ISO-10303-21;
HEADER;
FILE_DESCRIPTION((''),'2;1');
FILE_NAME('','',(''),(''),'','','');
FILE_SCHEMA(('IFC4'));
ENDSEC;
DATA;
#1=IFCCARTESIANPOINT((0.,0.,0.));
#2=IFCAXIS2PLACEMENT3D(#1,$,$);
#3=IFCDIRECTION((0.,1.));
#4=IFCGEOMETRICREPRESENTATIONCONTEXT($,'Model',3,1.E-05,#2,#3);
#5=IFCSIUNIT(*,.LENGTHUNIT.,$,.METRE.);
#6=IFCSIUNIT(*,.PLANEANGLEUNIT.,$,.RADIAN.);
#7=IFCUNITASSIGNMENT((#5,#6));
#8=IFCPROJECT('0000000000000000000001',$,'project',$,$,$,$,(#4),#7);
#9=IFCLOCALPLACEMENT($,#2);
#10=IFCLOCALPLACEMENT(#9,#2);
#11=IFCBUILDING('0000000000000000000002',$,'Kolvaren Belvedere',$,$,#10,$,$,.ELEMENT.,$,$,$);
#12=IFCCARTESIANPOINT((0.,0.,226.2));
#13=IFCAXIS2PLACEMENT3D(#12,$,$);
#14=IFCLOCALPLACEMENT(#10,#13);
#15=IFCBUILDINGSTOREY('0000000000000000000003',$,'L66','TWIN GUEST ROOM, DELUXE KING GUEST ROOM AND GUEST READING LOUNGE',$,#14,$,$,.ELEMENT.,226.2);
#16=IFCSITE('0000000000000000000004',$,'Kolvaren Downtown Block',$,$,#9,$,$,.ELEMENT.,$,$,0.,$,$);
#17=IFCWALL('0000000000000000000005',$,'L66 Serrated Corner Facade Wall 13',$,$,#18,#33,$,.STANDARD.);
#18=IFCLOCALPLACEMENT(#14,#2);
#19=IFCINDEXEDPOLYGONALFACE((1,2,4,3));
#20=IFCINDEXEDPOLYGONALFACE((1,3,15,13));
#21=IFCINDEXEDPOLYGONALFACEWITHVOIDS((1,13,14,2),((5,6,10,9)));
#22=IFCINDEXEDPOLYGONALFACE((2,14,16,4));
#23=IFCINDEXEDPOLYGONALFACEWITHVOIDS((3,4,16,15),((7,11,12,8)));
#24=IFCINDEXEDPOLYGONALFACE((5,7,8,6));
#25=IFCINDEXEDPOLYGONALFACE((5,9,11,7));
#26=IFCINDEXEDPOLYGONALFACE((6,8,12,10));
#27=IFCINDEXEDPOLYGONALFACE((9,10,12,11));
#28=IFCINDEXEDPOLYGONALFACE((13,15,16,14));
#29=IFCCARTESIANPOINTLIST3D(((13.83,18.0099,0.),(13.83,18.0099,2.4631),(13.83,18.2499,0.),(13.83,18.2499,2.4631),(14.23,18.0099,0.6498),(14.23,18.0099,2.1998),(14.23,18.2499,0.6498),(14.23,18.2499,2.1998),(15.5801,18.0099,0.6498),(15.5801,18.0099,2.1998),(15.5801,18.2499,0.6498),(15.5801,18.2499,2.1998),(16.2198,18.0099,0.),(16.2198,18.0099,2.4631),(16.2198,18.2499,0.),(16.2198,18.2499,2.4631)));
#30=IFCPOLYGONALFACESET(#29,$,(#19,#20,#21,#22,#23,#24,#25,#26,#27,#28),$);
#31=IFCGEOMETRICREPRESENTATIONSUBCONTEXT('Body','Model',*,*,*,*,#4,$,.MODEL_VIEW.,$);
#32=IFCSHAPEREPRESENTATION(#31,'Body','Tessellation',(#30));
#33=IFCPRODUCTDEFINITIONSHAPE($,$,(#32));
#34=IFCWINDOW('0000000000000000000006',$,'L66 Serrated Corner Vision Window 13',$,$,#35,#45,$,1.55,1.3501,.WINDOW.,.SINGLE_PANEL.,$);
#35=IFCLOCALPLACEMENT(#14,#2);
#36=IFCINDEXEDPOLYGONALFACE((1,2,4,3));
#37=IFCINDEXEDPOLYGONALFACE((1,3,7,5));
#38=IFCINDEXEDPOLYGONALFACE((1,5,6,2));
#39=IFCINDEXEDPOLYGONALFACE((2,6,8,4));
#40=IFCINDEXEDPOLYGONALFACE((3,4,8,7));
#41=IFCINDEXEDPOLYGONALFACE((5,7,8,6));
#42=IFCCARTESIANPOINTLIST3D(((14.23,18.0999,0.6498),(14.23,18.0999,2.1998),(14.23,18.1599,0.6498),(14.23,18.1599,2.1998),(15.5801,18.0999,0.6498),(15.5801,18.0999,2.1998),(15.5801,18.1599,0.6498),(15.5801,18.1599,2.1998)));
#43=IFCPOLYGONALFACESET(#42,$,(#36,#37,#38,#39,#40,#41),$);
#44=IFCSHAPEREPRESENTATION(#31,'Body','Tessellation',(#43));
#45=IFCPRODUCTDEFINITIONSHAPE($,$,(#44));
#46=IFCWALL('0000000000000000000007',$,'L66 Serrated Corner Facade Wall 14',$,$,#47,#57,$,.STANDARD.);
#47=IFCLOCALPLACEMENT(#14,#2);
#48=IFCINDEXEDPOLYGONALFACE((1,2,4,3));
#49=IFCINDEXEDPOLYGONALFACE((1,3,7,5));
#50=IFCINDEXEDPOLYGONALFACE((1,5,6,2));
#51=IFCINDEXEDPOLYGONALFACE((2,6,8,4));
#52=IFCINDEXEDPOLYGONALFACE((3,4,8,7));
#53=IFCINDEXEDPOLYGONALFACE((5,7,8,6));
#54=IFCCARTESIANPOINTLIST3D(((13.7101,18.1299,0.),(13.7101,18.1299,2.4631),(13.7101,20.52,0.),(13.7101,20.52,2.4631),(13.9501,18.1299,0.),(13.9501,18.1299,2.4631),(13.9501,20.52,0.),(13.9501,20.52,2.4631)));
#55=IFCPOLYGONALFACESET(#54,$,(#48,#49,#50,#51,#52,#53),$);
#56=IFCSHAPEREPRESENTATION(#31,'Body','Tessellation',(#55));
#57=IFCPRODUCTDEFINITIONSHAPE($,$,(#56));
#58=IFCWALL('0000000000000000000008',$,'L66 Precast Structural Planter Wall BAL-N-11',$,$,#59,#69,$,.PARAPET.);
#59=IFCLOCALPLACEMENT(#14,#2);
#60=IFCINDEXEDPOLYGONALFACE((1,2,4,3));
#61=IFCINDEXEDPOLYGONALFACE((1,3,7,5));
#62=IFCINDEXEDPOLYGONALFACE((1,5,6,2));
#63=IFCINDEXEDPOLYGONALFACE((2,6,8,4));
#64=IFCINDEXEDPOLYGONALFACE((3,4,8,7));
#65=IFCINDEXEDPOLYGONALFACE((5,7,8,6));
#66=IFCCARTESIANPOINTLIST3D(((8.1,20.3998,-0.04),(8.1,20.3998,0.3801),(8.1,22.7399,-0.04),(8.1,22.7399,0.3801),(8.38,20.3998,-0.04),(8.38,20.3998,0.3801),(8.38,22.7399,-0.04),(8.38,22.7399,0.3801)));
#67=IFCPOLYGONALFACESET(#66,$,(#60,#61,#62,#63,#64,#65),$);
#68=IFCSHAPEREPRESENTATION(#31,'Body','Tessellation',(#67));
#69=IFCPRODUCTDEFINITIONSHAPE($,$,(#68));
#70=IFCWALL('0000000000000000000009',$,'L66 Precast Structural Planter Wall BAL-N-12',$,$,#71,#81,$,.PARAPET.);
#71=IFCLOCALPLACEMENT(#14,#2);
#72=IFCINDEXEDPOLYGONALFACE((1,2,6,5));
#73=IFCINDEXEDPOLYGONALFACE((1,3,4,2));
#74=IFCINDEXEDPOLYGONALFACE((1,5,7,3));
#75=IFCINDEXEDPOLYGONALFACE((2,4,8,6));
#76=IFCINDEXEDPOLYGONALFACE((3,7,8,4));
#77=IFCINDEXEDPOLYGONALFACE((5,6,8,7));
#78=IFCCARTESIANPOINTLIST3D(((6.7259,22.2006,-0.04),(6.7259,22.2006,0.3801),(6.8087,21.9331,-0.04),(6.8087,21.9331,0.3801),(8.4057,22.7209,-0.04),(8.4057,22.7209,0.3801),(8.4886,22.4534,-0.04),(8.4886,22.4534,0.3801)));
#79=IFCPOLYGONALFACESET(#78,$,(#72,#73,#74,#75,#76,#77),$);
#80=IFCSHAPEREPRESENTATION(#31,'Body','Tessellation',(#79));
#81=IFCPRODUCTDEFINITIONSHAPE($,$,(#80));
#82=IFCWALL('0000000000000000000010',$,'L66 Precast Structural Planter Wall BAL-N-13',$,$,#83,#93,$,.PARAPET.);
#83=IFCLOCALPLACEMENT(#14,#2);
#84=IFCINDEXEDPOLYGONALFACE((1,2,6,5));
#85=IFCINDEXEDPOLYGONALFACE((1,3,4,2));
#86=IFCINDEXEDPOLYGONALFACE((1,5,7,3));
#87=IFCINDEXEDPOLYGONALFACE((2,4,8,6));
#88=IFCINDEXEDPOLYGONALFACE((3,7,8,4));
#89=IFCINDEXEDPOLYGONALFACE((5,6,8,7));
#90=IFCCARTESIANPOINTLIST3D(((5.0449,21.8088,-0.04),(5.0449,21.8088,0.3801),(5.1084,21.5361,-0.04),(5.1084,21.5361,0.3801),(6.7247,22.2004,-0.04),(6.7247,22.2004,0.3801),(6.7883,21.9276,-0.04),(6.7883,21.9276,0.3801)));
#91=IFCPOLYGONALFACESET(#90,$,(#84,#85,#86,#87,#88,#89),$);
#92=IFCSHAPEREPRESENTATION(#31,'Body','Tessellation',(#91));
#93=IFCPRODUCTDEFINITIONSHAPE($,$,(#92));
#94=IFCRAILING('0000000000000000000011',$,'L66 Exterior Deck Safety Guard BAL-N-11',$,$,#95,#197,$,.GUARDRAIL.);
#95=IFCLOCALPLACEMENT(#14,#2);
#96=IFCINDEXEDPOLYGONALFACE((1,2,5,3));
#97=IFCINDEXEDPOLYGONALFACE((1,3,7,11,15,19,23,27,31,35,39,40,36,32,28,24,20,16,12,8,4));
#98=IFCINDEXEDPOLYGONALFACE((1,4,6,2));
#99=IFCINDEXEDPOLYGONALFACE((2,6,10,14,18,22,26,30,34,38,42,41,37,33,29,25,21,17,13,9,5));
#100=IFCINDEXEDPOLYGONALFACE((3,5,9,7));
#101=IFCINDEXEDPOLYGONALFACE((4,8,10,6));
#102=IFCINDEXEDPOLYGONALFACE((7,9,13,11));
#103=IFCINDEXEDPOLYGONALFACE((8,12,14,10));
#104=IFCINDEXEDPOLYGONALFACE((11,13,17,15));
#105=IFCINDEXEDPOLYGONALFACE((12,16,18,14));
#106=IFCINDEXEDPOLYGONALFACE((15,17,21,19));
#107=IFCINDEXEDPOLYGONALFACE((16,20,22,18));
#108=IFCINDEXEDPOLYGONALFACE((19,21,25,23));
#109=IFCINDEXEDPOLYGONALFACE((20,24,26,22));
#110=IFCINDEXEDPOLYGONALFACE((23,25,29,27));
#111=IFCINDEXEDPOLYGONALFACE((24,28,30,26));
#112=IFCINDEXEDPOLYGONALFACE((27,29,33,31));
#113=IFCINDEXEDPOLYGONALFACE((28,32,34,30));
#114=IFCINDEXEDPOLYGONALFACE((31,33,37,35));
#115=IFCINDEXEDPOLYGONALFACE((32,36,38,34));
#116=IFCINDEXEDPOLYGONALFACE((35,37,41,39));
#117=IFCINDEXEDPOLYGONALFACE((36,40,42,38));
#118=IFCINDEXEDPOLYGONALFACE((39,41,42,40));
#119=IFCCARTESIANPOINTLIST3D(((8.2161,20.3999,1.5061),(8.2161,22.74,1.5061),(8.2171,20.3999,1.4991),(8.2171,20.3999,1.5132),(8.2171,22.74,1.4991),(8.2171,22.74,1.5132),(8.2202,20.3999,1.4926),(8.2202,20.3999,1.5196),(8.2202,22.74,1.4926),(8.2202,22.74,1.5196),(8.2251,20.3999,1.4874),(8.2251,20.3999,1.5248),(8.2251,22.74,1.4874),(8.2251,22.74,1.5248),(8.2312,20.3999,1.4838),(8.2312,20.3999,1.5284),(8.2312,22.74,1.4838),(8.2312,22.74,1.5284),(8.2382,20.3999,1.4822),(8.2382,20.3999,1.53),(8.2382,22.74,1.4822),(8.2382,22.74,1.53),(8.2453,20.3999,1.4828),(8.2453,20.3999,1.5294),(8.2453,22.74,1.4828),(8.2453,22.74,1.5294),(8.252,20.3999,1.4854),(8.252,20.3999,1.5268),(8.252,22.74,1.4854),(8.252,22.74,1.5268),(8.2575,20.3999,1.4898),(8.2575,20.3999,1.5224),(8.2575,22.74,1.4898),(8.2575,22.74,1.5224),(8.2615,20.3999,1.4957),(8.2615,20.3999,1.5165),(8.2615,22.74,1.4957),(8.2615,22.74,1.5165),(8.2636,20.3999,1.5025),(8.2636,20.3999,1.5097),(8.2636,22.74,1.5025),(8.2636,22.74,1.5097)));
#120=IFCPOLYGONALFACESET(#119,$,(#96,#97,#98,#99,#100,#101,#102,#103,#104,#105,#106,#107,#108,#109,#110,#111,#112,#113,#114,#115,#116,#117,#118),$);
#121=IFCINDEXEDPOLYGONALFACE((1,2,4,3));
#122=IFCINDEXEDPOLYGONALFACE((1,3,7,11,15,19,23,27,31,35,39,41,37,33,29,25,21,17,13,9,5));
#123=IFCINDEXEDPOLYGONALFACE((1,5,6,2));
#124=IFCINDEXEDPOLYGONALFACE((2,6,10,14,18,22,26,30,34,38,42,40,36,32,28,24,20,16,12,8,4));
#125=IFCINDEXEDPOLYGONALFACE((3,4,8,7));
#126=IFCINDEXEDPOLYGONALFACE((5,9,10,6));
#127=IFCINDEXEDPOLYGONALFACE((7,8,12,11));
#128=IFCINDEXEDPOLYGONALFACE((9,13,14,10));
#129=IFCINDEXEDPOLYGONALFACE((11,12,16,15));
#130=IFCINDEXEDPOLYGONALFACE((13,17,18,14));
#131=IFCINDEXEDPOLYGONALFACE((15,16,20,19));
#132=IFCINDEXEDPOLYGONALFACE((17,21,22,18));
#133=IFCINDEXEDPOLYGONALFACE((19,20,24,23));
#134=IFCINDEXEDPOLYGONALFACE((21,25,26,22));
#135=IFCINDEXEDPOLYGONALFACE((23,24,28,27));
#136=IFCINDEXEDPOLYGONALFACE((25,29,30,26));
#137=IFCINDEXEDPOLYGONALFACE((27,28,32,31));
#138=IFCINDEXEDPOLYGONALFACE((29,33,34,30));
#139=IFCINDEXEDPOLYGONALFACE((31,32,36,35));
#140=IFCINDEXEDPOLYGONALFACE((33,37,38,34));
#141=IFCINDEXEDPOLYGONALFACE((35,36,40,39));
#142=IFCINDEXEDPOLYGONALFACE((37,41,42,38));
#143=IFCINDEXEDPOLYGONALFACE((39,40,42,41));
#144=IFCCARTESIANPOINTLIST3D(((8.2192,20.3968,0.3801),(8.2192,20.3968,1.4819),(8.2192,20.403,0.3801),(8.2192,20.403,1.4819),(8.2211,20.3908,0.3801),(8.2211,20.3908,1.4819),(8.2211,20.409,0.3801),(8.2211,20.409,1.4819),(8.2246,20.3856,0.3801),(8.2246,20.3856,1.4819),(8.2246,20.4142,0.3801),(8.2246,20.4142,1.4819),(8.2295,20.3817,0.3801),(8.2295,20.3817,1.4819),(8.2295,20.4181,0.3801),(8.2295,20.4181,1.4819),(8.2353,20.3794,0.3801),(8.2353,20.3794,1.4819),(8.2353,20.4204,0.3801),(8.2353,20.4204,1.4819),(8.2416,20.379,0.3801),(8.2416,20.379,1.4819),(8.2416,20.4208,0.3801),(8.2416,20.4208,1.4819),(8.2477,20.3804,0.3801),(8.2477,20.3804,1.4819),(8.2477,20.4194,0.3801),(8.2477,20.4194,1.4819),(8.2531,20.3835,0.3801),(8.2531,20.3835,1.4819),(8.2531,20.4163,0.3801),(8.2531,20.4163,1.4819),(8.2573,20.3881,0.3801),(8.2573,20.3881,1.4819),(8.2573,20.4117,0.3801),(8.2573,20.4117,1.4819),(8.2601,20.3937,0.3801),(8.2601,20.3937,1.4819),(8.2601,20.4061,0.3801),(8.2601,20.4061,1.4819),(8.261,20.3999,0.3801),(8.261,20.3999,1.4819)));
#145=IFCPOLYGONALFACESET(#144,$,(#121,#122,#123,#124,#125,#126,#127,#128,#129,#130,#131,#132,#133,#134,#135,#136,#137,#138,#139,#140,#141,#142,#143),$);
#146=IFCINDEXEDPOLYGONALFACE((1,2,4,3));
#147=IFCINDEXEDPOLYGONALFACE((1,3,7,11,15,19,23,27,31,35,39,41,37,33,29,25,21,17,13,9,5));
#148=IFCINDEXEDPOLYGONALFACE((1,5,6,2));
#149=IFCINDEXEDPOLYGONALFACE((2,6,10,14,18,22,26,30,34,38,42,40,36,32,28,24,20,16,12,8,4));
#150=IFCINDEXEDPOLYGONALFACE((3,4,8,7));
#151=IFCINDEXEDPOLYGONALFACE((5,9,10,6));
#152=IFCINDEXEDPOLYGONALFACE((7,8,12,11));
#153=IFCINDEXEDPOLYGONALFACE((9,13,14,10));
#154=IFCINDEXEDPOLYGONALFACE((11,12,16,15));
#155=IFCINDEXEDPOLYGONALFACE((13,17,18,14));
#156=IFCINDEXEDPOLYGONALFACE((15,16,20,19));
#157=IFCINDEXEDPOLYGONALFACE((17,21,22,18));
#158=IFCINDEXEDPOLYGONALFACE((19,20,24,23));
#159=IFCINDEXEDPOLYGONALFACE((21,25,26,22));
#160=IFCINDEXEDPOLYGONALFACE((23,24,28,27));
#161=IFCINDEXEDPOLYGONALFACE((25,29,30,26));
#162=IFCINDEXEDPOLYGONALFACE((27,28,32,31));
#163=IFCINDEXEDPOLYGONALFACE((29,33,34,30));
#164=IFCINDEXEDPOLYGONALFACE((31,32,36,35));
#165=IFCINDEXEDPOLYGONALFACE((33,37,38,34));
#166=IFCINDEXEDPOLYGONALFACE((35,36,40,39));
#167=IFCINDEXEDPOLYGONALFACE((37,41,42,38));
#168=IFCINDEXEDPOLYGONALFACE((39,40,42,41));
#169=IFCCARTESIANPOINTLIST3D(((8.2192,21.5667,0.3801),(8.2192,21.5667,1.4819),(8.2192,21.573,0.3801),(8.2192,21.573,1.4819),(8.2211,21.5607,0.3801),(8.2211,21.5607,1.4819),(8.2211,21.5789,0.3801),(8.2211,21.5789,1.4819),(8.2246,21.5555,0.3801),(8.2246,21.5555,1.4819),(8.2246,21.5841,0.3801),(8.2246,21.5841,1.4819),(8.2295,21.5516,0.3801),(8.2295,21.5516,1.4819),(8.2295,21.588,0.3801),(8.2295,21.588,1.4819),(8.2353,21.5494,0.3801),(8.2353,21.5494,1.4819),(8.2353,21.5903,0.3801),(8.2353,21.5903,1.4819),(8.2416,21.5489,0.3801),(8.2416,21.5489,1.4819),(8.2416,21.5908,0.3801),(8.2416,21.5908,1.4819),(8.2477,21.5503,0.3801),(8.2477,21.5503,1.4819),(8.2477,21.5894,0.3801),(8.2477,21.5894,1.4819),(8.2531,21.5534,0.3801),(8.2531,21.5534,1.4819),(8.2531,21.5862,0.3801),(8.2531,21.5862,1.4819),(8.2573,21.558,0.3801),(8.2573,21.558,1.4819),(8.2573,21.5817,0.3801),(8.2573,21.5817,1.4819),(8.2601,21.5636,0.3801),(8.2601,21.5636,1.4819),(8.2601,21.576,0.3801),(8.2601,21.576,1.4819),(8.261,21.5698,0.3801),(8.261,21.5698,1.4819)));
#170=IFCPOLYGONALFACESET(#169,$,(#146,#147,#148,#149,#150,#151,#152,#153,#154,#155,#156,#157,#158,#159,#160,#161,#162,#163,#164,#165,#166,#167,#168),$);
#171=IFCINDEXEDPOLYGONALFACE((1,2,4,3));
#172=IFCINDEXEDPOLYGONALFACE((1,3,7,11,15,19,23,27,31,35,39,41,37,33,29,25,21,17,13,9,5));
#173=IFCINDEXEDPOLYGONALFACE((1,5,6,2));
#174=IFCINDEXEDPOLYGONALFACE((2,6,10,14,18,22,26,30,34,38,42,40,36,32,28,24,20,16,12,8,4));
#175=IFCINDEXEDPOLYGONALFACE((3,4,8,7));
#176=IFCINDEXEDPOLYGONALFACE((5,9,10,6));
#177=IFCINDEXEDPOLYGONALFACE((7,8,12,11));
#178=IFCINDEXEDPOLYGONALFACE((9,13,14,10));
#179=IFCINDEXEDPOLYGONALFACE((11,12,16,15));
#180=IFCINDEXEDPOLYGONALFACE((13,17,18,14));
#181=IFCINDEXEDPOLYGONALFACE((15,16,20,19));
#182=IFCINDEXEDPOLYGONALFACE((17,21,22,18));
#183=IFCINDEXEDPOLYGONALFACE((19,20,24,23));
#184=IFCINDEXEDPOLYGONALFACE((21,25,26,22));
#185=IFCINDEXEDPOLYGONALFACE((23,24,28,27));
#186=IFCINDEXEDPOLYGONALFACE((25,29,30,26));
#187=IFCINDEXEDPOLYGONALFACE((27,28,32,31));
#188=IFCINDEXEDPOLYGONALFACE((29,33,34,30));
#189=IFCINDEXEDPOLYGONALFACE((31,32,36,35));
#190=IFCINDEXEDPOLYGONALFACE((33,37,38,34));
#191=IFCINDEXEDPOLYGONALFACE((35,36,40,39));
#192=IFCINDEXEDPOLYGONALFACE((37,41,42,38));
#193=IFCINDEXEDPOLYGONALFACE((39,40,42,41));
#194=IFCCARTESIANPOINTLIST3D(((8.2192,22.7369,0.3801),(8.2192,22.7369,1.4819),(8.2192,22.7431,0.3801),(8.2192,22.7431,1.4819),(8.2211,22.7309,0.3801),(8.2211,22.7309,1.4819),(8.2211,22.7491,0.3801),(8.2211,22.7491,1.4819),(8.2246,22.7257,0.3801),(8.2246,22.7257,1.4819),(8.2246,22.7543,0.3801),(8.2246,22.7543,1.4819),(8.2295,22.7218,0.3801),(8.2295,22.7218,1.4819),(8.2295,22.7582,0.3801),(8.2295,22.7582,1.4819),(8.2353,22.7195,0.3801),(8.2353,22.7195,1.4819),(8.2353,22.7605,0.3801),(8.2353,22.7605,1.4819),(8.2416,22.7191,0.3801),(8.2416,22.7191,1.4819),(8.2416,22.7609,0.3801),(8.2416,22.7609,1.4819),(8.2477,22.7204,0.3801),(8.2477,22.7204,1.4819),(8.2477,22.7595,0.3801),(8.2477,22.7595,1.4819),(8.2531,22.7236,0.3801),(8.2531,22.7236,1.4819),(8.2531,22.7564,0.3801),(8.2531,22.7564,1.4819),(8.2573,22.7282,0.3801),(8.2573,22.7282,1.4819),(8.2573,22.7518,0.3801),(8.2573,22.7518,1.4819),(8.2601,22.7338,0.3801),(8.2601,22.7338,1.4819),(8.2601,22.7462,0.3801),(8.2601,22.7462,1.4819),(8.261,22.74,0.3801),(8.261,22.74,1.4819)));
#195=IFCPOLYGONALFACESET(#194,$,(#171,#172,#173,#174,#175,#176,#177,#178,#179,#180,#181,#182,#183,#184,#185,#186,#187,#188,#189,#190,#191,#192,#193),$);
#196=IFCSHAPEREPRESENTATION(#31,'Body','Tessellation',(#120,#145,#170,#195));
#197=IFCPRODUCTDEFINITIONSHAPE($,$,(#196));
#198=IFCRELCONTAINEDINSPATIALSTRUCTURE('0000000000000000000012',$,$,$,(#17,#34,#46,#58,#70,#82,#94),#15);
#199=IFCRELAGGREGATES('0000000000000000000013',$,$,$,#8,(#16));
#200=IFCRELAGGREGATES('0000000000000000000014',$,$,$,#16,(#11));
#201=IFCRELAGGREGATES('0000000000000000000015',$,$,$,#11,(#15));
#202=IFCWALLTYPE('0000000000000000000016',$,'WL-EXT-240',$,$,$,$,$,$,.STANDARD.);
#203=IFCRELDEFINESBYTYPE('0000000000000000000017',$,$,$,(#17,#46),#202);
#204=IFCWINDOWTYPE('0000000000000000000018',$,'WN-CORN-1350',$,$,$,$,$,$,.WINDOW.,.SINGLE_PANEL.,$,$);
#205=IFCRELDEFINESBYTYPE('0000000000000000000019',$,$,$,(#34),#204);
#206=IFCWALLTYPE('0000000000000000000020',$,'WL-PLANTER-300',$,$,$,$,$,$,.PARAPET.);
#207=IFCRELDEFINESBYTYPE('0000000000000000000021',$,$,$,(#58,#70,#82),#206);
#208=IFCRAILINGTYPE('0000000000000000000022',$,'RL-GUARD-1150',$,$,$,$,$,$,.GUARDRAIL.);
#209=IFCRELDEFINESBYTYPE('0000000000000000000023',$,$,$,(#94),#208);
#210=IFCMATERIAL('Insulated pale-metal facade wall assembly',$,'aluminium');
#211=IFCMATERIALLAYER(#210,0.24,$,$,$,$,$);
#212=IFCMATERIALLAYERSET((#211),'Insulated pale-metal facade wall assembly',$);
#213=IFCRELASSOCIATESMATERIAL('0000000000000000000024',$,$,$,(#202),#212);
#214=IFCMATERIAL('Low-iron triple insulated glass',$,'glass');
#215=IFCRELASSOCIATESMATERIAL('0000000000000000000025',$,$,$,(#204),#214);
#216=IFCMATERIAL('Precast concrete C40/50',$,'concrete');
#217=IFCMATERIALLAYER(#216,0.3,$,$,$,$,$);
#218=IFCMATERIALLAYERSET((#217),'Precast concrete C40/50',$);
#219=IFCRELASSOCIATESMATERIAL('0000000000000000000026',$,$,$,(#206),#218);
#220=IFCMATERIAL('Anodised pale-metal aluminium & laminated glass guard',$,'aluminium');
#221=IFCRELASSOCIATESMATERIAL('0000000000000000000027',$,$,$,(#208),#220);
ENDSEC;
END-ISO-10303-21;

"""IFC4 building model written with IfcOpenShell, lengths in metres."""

from ifc_helpers import new_model, si_unit, direction, frame, frame_2d, origin, origin_2d, place, context, subcontext, project, spatial, rectangle, circle, extrude, material, layer, layer_set, type_object, element, fill, save


model = new_model("IFC4")

# Units and contexts
model_context = context("Model", 3, precision=1e-05, world=origin(), true_north=direction((0.0, 1.0)))
body_context = subcontext(model_context, "Body", "Model", "MODEL_VIEW")
ifc_project = project(units=[si_unit("LENGTHUNIT", "METRE"), si_unit("PLANEANGLEUNIT", "RADIAN")], contexts=[model_context])

# Site, building, storey
site_placement = place(None, origin())
site = spatial("IfcSite", under=ifc_project, at=site_placement, Name="Kolvaren Downtown Block", CompositionType="ELEMENT", RefElevation=0.0)
building_placement = place(site_placement, origin())
building = spatial("IfcBuilding", under=site, at=building_placement, Name="Kolvaren Belvedere", CompositionType="ELEMENT")
storey_placement = place(building_placement, frame((0.0, 0.0, 226.2)))
storey = spatial("IfcBuildingStorey", under=building, at=storey_placement, Name="L66", Description="TWIN GUEST ROOM, DELUXE KING GUEST ROOM AND GUEST READING LOUNGE", CompositionType="ELEMENT", Elevation=226.2)

# Shared definitions
ifc_material_1 = material(Name="Insulated pale-metal facade wall assembly", Category="aluminium")
ifc_layer_1 = layer(ifc_material_1, 0.24)
ifc_layer_set_1 = layer_set([ifc_layer_1], Name="Insulated pale-metal facade wall assembly")
wall_type_1 = type_object("IfcWallType", Name="WL-EXT-240", PredefinedType="STANDARD", material=ifc_layer_set_1)

# Wall, opening, window
ifc_material_2 = material(Name="Low-iron triple insulated glass", Category="glass")
window_type_1 = type_object("IfcWindowType", Name="WN-CORN-1350", PartitioningType="SINGLE_PANEL", PredefinedType="WINDOW", material=ifc_material_2)
wall_1_placement = place(storey_placement, frame((13.8301, 18.1299, 0.0), z_axis=(0.0, 0.0, 1.0), x_axis=(1.0, 0.0, 0.0)))
wall_1 = element("IfcWall", 1, at=wall_1_placement, inside=storey, type_object=wall_type_1, Name="L66 Serrated Corner Facade Wall 13", PredefinedType="STANDARD", context=body_context, shape_type="SweptSolid", body=[
    extrude(rectangle(XDim=2.3899, YDim=0.24, at=frame_2d((1.1948, 0.0))), origin(), (0.0, 0.0, 1.0), 2.4631),
])
opening_1_placement = place(wall_1_placement, frame((0.3999, 0.0, 0.6499)))
opening_1 = element("IfcOpeningElement", 2, at=opening_1_placement, cuts=wall_1, PredefinedType="OPENING", context=body_context, shape_type="SweptSolid", body=[
    extrude(rectangle(XDim=1.3501, YDim=1.55, at=frame_2d((0.675, 0.7749))), frame((0.0, 0.1299, 0.0), z_axis=(0.0, -1.0, 0.0), x_axis=(1.0, 0.0, 0.0)), (0.0, 0.0, 1.0), 0.26),
])
window_1_placement = place(opening_1_placement, origin())
window_1 = element("IfcWindow", 3, at=window_1_placement, inside=storey, type_object=window_type_1, Name="L66 Serrated Corner Vision Window 13", OverallHeight=1.55, OverallWidth=1.3501, PartitioningType="SINGLE_PANEL", PredefinedType="WINDOW", context=body_context, shape_type="SweptSolid", body=[
    extrude(rectangle(XDim=1.3501, YDim=1.55, at=frame_2d((0.675, 0.7749))), frame((0.0, 0.03, 0.0), z_axis=(0.0, -1.0, 0.0), x_axis=(1.0, 0.0, 0.0)), (0.0, 0.0, 1.0), 0.0601),
])
fill(opening_1, window_1)

# Walls
wall_2_placement = place(storey_placement, frame((13.8301, 20.52, 0.0), z_axis=(0.0, 0.0, 1.0), x_axis=(0.0, -1.0, 0.0)))
element("IfcWall", 4, at=wall_2_placement, inside=storey, type_object=wall_type_1, Name="L66 Serrated Corner Facade Wall 14", PredefinedType="STANDARD", context=body_context, shape_type="SweptSolid", body=[
    extrude(rectangle(XDim=2.3901, YDim=0.24, at=frame_2d((1.1951, 0.0))), origin(), (0.0, 0.0, 1.0), 2.4631),
])
ifc_material_3 = material(Name="Precast concrete C40/50", Category="concrete")
ifc_layer_2 = layer(ifc_material_3, 0.3)
ifc_layer_set_2 = layer_set([ifc_layer_2], Name="Precast concrete C40/50")
wall_type_2 = type_object("IfcWallType", Name="WL-PLANTER-300", PredefinedType="PARAPET", material=ifc_layer_set_2)
wall_3_placement = place(storey_placement, frame((8.24, 20.3999, -0.04), z_axis=(0.0, 0.0, 1.0), x_axis=(0.0, 1.0, 0.0)))
element("IfcWall", 5, at=wall_3_placement, inside=storey, type_object=wall_type_2, Name="L66 Precast Structural Planter Wall BAL-N-11", PredefinedType="PARAPET", context=body_context, shape_type="SweptSolid", body=[
    extrude(rectangle(XDim=2.3401, YDim=0.28, at=frame_2d((1.1699, 0.0))), origin(), (0.0, 0.0, 1.0), 0.4202),
])
wall_4_placement = place(storey_placement, frame((8.4473, 22.5872, -0.04), z_axis=(0.0, 0.0, 1.0), x_axis=(-0.95524, -0.295832, 0.0)))
element("IfcWall", 6, at=wall_4_placement, inside=storey, type_object=wall_type_2, Name="L66 Precast Structural Planter Wall BAL-N-12", PredefinedType="PARAPET", context=body_context, shape_type="SweptSolid", body=[
    extrude(rectangle(XDim=1.7585, YDim=0.28, at=frame_2d((0.8794, 0.0))), origin(), (0.0, 0.0, 1.0), 0.4202),
])
wall_5_placement = place(storey_placement, frame((6.7563, 22.064, -0.04), z_axis=(0.0, 0.0, 1.0), x_axis=(-0.97389, -0.227019, 0.0)))
element("IfcWall", 7, at=wall_5_placement, inside=storey, type_object=wall_type_2, Name="L66 Precast Structural Planter Wall BAL-N-13", PredefinedType="PARAPET", context=body_context, shape_type="SweptSolid", body=[
    extrude(rectangle(XDim=1.7249, YDim=0.28, at=frame_2d((0.8623, 0.0))), origin(), (0.0, 0.0, 1.0), 0.4202),
])

# Railing
ifc_material_4 = material(Name="Anodised pale-metal aluminium & laminated glass guard", Category="aluminium")
railing_type = type_object("IfcRailingType", Name="RL-GUARD-1150", PredefinedType="GUARDRAIL", material=ifc_material_4)
railing_1_placement = place(storey_placement, frame((8.24, 20.3999, 0.3801)))
element("IfcRailing", 8, at=railing_1_placement, inside=storey, type_object=railing_type, Name="L66 Exterior Deck Safety Guard BAL-N-11", PredefinedType="GUARDRAIL", context=body_context, shape_type="SweptSolid", body=[
    extrude(circle(Radius=0.0239, at=origin_2d()), frame((0.0, 0.0, 1.126), z_axis=(0.0, 1.0, 0.0), x_axis=(-1.0, 0.0, 0.0)), (0.0, 0.0, 1.0), 2.3401),
    extrude(circle(Radius=0.021, at=origin_2d()), origin(), (0.0, 0.0, 1.0), 1.1018),
    extrude(circle(Radius=0.021, at=origin_2d()), frame((0.0, 1.1699, 0.0)), (0.0, 0.0, 1.0), 1.1018),
    extrude(circle(Radius=0.021, at=origin_2d()), frame((0.0, 2.3401, 0.0)), (0.0, 0.0, 1.0), 1.1018),
])

save(model, "model.ifc")
